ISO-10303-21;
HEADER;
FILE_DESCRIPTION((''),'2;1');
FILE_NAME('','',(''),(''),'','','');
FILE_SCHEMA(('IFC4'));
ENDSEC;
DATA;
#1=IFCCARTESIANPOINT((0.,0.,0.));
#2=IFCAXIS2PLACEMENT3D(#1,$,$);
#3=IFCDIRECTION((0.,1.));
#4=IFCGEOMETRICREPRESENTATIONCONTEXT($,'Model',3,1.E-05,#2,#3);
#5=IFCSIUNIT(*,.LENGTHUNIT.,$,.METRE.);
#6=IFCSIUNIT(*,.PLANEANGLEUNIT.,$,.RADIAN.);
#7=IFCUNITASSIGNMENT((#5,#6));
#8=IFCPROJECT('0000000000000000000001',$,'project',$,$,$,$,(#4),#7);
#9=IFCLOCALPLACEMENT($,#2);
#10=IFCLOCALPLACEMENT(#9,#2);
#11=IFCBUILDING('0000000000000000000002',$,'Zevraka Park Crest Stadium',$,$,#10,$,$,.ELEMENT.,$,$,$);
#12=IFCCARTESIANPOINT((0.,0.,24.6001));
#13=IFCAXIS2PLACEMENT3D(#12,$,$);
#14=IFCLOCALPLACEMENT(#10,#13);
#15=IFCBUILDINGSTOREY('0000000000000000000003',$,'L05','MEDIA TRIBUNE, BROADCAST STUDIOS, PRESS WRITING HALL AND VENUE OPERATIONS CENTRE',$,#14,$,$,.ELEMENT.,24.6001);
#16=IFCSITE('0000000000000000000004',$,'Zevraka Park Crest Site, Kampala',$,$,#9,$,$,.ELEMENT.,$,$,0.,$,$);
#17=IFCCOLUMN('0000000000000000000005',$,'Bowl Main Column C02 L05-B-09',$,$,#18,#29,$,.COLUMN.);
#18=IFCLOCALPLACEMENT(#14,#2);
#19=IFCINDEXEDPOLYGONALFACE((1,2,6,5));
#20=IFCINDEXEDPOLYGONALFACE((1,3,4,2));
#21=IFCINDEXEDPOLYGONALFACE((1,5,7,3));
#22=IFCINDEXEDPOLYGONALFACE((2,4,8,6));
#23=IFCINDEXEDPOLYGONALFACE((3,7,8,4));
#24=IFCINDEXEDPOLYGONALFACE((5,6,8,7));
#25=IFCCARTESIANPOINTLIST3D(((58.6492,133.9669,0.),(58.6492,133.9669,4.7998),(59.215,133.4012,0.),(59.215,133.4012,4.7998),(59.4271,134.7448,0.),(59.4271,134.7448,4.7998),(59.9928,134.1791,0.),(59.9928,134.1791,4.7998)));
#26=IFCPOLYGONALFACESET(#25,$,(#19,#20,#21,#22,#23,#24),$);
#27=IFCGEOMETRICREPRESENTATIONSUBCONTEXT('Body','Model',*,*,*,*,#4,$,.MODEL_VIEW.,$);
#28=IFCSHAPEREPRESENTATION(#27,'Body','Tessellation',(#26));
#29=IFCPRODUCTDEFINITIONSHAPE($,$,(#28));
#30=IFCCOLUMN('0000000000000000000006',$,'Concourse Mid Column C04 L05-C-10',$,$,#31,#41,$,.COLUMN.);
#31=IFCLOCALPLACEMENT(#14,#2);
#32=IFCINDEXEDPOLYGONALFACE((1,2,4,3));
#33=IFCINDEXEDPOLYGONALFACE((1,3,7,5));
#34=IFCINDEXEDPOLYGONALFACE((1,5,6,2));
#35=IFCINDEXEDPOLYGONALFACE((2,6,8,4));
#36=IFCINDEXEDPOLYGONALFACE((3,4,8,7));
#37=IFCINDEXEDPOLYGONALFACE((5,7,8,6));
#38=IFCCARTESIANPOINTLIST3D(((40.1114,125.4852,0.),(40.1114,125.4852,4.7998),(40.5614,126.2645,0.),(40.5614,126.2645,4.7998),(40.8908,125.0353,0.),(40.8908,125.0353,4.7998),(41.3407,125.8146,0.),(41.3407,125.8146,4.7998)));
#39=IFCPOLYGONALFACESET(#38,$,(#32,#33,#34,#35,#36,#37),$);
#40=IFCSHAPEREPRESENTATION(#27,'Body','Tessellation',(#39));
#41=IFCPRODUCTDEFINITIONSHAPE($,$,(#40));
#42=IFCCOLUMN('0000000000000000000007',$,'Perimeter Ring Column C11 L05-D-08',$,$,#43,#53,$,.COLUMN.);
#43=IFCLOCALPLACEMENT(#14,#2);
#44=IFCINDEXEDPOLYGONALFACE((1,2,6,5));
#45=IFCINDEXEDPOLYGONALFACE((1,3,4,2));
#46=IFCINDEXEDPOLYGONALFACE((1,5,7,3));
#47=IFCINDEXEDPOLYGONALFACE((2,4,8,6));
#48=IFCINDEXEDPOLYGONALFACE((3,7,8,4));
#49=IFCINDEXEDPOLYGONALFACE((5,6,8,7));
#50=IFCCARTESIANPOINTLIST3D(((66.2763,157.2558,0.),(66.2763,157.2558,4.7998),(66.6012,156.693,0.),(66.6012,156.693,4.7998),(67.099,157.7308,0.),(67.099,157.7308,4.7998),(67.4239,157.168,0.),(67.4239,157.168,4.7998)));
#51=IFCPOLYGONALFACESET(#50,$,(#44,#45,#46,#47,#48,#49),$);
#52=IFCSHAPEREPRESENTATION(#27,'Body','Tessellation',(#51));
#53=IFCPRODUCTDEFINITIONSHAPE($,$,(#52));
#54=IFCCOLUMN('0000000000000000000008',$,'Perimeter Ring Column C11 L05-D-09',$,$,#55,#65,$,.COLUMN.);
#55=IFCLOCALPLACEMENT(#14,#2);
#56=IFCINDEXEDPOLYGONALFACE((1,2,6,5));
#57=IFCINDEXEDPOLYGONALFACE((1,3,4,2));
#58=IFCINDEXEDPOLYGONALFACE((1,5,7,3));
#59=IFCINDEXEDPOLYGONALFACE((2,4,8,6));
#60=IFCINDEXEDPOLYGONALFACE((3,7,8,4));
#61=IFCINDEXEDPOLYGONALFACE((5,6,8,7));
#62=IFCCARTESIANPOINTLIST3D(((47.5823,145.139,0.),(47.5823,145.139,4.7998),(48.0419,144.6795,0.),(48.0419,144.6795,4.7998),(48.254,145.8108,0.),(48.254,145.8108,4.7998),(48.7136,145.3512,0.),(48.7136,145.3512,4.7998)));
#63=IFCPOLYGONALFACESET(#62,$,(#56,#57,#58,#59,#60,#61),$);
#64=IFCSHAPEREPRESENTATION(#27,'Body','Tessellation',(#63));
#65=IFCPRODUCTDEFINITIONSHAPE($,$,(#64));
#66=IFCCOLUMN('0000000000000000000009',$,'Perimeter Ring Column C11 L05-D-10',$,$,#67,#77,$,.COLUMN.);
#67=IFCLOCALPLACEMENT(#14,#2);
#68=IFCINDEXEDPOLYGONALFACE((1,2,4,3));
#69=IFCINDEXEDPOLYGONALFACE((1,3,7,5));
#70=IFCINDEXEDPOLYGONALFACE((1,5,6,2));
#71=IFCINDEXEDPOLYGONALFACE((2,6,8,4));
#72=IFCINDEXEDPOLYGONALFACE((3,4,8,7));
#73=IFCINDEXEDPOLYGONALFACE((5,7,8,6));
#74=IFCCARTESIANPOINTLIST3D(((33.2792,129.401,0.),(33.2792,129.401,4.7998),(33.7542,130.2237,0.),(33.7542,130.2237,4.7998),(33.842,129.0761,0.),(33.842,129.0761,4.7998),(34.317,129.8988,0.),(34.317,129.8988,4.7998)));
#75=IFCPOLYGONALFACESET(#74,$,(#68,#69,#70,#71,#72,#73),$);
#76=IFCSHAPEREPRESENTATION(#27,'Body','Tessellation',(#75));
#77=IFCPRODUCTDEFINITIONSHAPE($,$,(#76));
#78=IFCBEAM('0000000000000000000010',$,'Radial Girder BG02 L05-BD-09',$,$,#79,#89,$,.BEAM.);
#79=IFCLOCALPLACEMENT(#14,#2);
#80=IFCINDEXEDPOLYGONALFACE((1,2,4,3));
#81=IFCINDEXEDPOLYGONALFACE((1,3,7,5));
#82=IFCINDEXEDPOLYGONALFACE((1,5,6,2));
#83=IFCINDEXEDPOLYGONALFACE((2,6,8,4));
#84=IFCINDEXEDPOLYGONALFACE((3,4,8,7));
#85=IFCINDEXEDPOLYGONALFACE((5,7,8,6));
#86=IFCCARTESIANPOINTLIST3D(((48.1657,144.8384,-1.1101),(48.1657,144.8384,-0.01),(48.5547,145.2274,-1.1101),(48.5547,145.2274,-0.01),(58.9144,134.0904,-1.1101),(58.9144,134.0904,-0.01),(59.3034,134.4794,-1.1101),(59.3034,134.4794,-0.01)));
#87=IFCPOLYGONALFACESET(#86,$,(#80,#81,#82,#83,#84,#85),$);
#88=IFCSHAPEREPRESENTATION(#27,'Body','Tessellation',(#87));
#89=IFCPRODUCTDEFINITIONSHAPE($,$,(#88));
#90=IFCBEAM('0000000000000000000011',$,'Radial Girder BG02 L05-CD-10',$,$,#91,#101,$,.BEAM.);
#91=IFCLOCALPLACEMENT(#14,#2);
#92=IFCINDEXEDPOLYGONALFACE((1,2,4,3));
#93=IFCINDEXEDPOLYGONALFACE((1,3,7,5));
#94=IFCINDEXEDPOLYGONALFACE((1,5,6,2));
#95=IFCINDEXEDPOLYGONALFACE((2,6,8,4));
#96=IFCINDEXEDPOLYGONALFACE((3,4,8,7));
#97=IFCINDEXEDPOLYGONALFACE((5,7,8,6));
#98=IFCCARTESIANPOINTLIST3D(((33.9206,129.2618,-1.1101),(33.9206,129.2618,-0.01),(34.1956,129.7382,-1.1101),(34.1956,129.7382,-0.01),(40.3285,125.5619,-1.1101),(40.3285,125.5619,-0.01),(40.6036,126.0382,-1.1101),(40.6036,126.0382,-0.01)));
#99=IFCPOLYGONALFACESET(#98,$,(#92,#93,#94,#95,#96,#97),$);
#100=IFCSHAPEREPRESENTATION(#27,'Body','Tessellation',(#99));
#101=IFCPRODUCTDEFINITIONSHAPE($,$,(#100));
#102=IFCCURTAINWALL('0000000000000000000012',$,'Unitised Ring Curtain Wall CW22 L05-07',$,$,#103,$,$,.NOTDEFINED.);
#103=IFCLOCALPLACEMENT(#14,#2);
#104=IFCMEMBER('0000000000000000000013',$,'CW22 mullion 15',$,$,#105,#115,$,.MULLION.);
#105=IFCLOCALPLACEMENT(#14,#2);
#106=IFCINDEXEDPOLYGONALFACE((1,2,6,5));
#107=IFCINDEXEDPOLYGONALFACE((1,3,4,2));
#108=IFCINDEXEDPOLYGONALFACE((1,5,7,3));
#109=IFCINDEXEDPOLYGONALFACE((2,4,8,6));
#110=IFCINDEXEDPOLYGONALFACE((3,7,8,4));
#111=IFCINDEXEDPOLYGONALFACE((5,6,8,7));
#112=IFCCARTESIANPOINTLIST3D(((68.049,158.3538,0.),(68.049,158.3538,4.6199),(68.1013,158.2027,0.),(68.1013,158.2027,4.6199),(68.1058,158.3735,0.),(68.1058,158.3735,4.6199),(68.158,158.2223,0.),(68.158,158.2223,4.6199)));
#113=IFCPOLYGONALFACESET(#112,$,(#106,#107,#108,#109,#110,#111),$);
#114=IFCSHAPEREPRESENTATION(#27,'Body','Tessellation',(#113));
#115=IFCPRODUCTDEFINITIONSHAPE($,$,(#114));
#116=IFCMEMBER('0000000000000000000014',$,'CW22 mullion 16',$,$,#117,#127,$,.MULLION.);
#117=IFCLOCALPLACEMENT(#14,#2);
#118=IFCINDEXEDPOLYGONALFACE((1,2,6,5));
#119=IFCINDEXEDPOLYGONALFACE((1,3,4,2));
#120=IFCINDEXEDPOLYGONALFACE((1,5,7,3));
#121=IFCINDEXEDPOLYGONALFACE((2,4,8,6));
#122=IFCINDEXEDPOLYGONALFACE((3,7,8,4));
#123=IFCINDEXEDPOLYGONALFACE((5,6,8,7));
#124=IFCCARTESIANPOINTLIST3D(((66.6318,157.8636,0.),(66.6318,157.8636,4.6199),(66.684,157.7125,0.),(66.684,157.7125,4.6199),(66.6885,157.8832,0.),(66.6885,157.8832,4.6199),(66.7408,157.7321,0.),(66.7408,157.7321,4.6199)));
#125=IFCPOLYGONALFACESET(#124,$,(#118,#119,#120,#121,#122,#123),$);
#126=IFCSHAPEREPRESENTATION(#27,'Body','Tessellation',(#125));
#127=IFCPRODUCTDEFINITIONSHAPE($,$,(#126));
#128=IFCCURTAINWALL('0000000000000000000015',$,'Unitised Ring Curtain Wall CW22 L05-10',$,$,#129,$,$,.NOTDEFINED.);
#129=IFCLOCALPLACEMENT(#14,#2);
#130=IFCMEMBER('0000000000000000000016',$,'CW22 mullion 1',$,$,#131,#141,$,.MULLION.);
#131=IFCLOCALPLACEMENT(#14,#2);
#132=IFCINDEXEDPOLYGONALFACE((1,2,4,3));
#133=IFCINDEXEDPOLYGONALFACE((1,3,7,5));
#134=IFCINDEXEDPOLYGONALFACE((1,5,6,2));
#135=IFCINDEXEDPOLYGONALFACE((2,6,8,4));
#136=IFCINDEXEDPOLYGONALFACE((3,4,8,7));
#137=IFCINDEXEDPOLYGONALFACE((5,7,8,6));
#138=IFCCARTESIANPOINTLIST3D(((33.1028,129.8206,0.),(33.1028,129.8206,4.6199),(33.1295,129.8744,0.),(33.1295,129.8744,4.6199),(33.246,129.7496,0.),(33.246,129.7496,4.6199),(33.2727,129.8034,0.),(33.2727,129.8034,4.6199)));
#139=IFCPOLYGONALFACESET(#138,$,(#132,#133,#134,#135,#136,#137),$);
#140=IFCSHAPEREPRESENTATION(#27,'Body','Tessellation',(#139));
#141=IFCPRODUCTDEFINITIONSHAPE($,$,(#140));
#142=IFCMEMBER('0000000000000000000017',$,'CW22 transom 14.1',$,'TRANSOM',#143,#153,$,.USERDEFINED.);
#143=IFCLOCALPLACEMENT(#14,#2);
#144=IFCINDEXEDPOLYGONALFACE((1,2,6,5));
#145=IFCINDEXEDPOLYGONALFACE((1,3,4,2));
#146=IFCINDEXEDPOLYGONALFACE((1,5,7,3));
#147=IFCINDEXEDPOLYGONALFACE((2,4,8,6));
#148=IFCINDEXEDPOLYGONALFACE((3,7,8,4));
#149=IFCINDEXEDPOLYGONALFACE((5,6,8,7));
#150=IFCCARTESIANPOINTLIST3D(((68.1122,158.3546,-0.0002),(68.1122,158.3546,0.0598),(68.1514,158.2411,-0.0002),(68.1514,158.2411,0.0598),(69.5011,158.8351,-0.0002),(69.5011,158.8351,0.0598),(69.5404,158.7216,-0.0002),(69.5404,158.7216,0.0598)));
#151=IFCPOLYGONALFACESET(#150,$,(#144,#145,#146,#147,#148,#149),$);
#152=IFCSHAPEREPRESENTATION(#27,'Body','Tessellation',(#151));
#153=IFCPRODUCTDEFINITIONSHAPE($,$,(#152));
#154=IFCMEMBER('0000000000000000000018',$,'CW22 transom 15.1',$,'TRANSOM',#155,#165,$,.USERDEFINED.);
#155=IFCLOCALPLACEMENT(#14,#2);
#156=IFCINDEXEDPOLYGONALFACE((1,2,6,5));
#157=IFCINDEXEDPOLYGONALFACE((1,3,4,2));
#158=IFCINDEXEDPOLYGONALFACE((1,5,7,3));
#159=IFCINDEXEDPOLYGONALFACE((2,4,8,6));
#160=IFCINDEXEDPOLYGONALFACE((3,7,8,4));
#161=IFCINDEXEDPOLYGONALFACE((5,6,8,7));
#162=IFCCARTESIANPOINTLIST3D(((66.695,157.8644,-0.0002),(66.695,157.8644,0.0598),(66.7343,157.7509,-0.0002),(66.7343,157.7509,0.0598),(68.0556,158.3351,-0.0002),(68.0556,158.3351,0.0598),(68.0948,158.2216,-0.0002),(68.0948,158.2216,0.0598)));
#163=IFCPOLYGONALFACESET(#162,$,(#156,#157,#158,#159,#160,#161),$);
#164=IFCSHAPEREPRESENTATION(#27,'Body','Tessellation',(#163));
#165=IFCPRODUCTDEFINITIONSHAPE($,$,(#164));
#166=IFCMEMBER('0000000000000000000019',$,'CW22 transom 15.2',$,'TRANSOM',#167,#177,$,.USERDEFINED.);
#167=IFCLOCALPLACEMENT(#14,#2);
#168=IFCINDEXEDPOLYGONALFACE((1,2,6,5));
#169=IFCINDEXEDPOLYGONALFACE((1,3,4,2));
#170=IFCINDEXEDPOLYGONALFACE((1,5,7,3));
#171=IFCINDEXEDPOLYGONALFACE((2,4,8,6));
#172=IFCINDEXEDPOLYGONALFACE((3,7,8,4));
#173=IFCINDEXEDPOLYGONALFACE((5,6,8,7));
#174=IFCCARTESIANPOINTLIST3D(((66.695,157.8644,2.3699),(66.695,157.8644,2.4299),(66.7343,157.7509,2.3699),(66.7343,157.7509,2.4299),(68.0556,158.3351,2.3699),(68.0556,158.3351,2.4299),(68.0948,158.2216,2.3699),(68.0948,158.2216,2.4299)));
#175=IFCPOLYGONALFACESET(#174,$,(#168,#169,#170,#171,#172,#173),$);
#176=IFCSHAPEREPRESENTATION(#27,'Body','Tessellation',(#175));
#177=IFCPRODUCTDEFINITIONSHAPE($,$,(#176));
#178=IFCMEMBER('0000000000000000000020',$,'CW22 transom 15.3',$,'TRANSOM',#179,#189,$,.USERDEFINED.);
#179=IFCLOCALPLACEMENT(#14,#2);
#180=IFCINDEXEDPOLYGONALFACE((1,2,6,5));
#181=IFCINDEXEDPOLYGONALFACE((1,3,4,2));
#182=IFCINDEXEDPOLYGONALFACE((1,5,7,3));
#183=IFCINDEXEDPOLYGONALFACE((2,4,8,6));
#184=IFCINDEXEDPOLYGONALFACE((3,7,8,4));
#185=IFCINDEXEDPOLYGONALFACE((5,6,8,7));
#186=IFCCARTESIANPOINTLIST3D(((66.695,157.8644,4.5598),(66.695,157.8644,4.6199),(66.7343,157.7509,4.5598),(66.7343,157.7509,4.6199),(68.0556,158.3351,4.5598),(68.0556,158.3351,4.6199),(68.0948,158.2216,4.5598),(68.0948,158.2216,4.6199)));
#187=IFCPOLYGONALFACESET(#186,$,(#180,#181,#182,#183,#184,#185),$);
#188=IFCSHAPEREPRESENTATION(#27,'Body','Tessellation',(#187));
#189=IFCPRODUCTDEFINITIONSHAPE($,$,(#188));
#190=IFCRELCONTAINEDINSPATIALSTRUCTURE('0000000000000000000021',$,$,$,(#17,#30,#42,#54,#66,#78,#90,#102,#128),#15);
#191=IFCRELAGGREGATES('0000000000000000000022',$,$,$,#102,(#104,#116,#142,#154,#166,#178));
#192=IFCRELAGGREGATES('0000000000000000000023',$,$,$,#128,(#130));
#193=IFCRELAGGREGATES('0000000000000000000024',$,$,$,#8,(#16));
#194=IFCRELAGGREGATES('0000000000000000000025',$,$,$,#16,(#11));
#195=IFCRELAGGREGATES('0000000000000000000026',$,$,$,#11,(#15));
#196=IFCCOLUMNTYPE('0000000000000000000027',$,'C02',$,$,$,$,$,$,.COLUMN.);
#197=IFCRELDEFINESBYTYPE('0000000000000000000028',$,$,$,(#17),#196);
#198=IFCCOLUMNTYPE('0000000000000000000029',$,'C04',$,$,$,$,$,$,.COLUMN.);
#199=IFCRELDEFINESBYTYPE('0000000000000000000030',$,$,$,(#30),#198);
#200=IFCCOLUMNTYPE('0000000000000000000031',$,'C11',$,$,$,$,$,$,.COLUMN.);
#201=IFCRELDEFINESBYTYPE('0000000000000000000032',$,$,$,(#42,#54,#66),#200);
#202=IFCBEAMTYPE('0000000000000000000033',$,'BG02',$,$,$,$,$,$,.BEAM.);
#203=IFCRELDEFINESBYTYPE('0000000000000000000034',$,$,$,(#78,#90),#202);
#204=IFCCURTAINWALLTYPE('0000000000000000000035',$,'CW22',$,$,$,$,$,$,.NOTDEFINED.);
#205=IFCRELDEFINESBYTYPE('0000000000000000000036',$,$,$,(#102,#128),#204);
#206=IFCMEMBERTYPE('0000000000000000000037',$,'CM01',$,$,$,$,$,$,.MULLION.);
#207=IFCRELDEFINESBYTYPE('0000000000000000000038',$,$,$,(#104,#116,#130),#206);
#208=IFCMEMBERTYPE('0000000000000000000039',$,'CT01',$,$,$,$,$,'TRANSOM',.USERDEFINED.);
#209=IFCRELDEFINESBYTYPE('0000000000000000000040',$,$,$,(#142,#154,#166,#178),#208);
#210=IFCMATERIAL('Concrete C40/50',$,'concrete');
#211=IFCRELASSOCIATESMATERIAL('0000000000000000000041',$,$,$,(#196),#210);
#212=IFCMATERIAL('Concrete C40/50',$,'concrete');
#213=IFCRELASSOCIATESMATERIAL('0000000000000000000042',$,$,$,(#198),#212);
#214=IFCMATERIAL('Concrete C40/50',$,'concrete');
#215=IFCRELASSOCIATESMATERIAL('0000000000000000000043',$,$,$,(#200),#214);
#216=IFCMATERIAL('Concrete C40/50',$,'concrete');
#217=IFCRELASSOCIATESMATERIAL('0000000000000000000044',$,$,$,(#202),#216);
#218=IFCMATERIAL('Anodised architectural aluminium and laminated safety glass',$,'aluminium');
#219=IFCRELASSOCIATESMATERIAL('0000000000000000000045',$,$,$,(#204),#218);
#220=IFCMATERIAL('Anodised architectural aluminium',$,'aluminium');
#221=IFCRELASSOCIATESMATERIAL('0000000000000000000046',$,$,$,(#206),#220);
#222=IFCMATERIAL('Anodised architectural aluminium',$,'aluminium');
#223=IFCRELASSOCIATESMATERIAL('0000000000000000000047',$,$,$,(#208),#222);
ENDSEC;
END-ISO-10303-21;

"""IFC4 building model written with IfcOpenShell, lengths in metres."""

from ifc_helpers import new_model, si_unit, direction, frame, origin, origin_2d, place, context, subcontext, project, spatial, rectangle, extrude, material, material_profile, profile_set, type_object, element, aggregate, save


model = new_model("IFC4")

# Units and contexts
model_context = context("Model", 3, precision=1e-05, world=origin(), true_north=direction((0.0, 1.0)))
body_context = subcontext(model_context, "Body", "Model", "MODEL_VIEW")
ifc_project = project(units=[si_unit("LENGTHUNIT", "METRE"), si_unit("PLANEANGLEUNIT", "RADIAN")], contexts=[model_context])

# Site, building, storey
site_placement = place(None, origin())
site = spatial("IfcSite", under=ifc_project, at=site_placement, Name="Zevraka Park Crest Site, Kampala", CompositionType="ELEMENT", RefElevation=0.0)
building_placement = place(site_placement, origin())
building = spatial("IfcBuilding", under=site, at=building_placement, Name="Zevraka Park Crest Stadium", CompositionType="ELEMENT")
storey_placement = place(building_placement, frame((0.0, 0.0, 24.6001)))
storey = spatial("IfcBuildingStorey", under=building, at=storey_placement, Name="L05", Description="MEDIA TRIBUNE, BROADCAST STUDIOS, PRESS WRITING HALL AND VENUE OPERATIONS CENTRE", CompositionType="ELEMENT", Elevation=24.6001)

# Columns
ifc_material_1 = material(Name="Concrete C40/50", Category="concrete")
ifc_material_profile_1 = material_profile(ifc_material_1, rectangle(XDim=0.8, YDim=1.1001, at=origin_2d()), Name="RC 1100x800")
ifc_profile_set_1 = profile_set([ifc_material_profile_1], Name="Concrete C40/50")
column_type_1 = type_object("IfcColumnType", Name="C02", PredefinedType="COLUMN", material=ifc_profile_set_1)
column_1_placement = place(storey_placement, frame((59.321, 134.073, 0.0), z_axis=(0.0, 0.0, 1.0), x_axis=(-0.707107, 0.707107, 0.0)))
element("IfcColumn", 1, at=column_1_placement, inside=storey, type_object=column_type_1, Name="Bowl Main Column C02 L05-B-09", PredefinedType="COLUMN", context=body_context, shape_type="SweptSolid", body=[
    extrude(rectangle(XDim=0.8, YDim=1.1001, at=origin_2d()), origin(), (0.0, 0.0, 1.0), 4.7998),
])
ifc_material_2 = material(Name="Concrete C40/50", Category="concrete")
ifc_material_profile_2 = material_profile(ifc_material_2, rectangle(XDim=0.8999, YDim=0.8999, at=origin_2d()), Name="RC 900x900")
ifc_profile_set_2 = profile_set([ifc_material_profile_2], Name="Concrete C40/50")
column_type_2 = type_object("IfcColumnType", Name="C04", PredefinedType="COLUMN", material=ifc_profile_set_2)
column_2_placement = place(storey_placement, frame((40.7261, 125.6499, 0.0), z_axis=(0.0, 0.0, 1.0), x_axis=(-0.866025, 0.5, 0.0)))
element("IfcColumn", 2, at=column_2_placement, inside=storey, type_object=column_type_2, Name="Concourse Mid Column C04 L05-C-10", PredefinedType="COLUMN", context=body_context, shape_type="SweptSolid", body=[
    extrude(rectangle(XDim=0.8999, YDim=0.8999, at=origin_2d()), origin(), (0.0, 0.0, 1.0), 4.7998),
])
ifc_material_3 = material(Name="Concrete C40/50", Category="concrete")
ifc_material_profile_3 = material_profile(ifc_material_3, rectangle(XDim=0.6499, YDim=0.95, at=origin_2d()), Name="RC 950x650")
ifc_profile_set_3 = profile_set([ifc_material_profile_3], Name="Concrete C40/50")
column_type_3 = type_object("IfcColumnType", Name="C11", PredefinedType="COLUMN", material=ifc_profile_set_3)
for number, where, z_axis, x_axis, name in (
    (3, (66.8501, 157.2119, 0.0), (0.0, 0.0, 1.0), (-0.5, 0.866025, 0.0), "Perimeter Ring Column C11 L05-D-08"),
    (4, (48.1479, 145.2451, 0.0), (0.0, 0.0, 1.0), (-0.707107, 0.707107, 0.0), "Perimeter Ring Column C11 L05-D-09"),
    (5, (33.7981, 129.6499, 0.0), (0.0, 0.0, 1.0), (-0.866025, 0.5, 0.0), "Perimeter Ring Column C11 L05-D-10"),
):
    element("IfcColumn", number, at=place(storey_placement, frame(where, z_axis=z_axis, x_axis=x_axis)), inside=storey, type_object=column_type_3, Name=name, PredefinedType="COLUMN", context=body_context, shape_type="SweptSolid", body=[
        extrude(rectangle(XDim=0.6499, YDim=0.95, at=origin_2d()), origin(), (0.0, 0.0, 1.0), 4.7998),
    ])

# Beams
ifc_material_4 = material(Name="Concrete C40/50", Category="concrete")
ifc_material_profile_4 = material_profile(ifc_material_4, rectangle(XDim=0.55, YDim=1.1001, at=origin_2d()), Name="RC 1100x550")
ifc_profile_set_4 = profile_set([ifc_material_profile_4], Name="Concrete C40/50")
beam_type_1 = type_object("IfcBeamType", Name="BG02", PredefinedType="BEAM", material=ifc_profile_set_4)
beam_1_placement = place(storey_placement, frame((59.1089, 134.2849, -0.5601), z_axis=(-0.707131, 0.707083, 0.0), x_axis=(-0.707083, -0.707131, 0.0)))
element("IfcBeam", 6, at=beam_1_placement, inside=storey, type_object=beam_type_1, Name="Radial Girder BG02 L05-BD-09", PredefinedType="BEAM", context=body_context, shape_type="SweptSolid", body=[
    extrude(rectangle(XDim=0.55, YDim=1.1001, at=origin_2d()), origin(), (0.0, 0.0, 1.0), 15.2004),
])
beam_2_placement = place(storey_placement, frame((40.4661, 125.8, -0.5601), z_axis=(-0.866007, 0.500032, 0.0), x_axis=(-0.500032, -0.866007, 0.0)))
element("IfcBeam", 7, at=beam_2_placement, inside=storey, type_object=beam_type_1, Name="Radial Girder BG02 L05-CD-10", PredefinedType="BEAM", context=body_context, shape_type="SweptSolid", body=[
    extrude(rectangle(XDim=0.55, YDim=1.1001, at=origin_2d()), origin(), (0.0, 0.0, 1.0), 7.3994),
])

# Curtain wall, members
ifc_material_5 = material(Name="Anodised architectural aluminium and laminated safety glass", Category="aluminium")
curtain_wall_type = type_object("IfcCurtainWallType", Name="CW22", PredefinedType="NOTDEFINED", material=ifc_material_5)
curtain_wall_1_placement = place(storey_placement, origin())
curtain_wall_1 = element("IfcCurtainWall", 8, at=curtain_wall_1_placement, inside=storey, type_object=curtain_wall_type, Name="Unitised Ring Curtain Wall CW22 L05-07", PredefinedType="NOTDEFINED")
ifc_material_6 = material(Name="Anodised architectural aluminium", Category="aluminium")
ifc_material_profile_5 = material_profile(ifc_material_6, rectangle(XDim=0.1599, YDim=0.0601, at=origin_2d()), Name="ALU MULLION 160x60")
ifc_profile_set_5 = profile_set([ifc_material_profile_5], Name="Anodised architectural aluminium")
member_type_1 = type_object("IfcMemberType", Name="CM01", PredefinedType="MULLION", material=ifc_profile_set_5)
member_1_placement = place(storey_placement, frame((68.1035, 158.2881, 0.0), z_axis=(0.0, 0.0, 1.0), x_axis=(0.326929, -0.945049, 0.0)))
member_1 = element("IfcMember", 9, at=member_1_placement, type_object=member_type_1, Name="CW22 mullion 15", PredefinedType="MULLION", context=body_context, shape_type="SweptSolid", body=[
    extrude(rectangle(XDim=0.1599, YDim=0.0601, at=origin_2d()), origin(), (0.0, 0.0, 1.0), 4.6199),
])
member_2_placement = place(storey_placement, frame((66.6863, 157.7979, 0.0), z_axis=(0.0, 0.0, 1.0), x_axis=(0.326929, -0.945049, 0.0)))
member_2 = element("IfcMember", 10, at=member_2_placement, type_object=member_type_1, Name="CW22 mullion 16", PredefinedType="MULLION", context=body_context, shape_type="SweptSolid", body=[
    extrude(rectangle(XDim=0.1599, YDim=0.0601, at=origin_2d()), origin(), (0.0, 0.0, 1.0), 4.6199),
])

# Curtain wall, member
curtain_wall_2_placement = place(storey_placement, origin())
curtain_wall_2 = element("IfcCurtainWall", 11, at=curtain_wall_2_placement, inside=storey, type_object=curtain_wall_type, Name="Unitised Ring Curtain Wall CW22 L05-10", PredefinedType="NOTDEFINED")
member_3_placement = place(storey_placement, frame((33.1877, 129.812, 0.0), z_axis=(0.0, 0.0, 1.0), x_axis=(0.895879, -0.444297, 0.0)))
member_3 = element("IfcMember", 12, at=member_3_placement, type_object=member_type_1, Name="CW22 mullion 1", PredefinedType="MULLION", context=body_context, shape_type="SweptSolid", body=[
    extrude(rectangle(XDim=0.1599, YDim=0.0601, at=origin_2d()), origin(), (0.0, 0.0, 1.0), 4.6199),
])

# Members
ifc_material_7 = material(Name="Anodised architectural aluminium", Category="aluminium")
ifc_material_profile_6 = material_profile(ifc_material_7, rectangle(XDim=0.1201, YDim=0.0601, at=origin_2d()), Name="ALU TRANSOM 120x60")
ifc_profile_set_6 = profile_set([ifc_material_profile_6], Name="Anodised architectural aluminium")
member_type_2 = type_object("IfcMemberType", Name="CT01", ElementType="TRANSOM", PredefinedType="USERDEFINED", material=ifc_profile_set_6)
member_4_placement = place(storey_placement, frame((69.5208, 158.7783, 0.0298), z_axis=(-0.945051, -0.326922, 0.0), x_axis=(0.326922, -0.945051, 0.0)))
member_4 = element("IfcMember", 13, at=member_4_placement, type_object=member_type_2, Name="CW22 transom 14.1", ObjectType="TRANSOM", PredefinedType="USERDEFINED", context=body_context, shape_type="SweptSolid", body=[
    extrude(rectangle(XDim=0.1201, YDim=0.0601, at=origin_2d()), origin(), (0.0, 0.0, 1.0), 1.4697),
])
member_5_placement = place(storey_placement, frame((68.0752, 158.2783, 0.0298), z_axis=(-0.945045, -0.326942, 0.0), x_axis=(0.326942, -0.945045, 0.0)))
member_5 = element("IfcMember", 14, at=member_5_placement, type_object=member_type_2, Name="CW22 transom 15.1", ObjectType="TRANSOM", PredefinedType="USERDEFINED", context=body_context, shape_type="SweptSolid", body=[
    extrude(rectangle(XDim=0.1201, YDim=0.0601, at=origin_2d()), origin(), (0.0, 0.0, 1.0), 1.4397),
])
member_6_placement = place(storey_placement, frame((68.0752, 158.2783, 2.3999), z_axis=(-0.945045, -0.326942, 0.0), x_axis=(0.326942, -0.945045, 0.0)))
member_6 = element("IfcMember", 15, at=member_6_placement, type_object=member_type_2, Name="CW22 transom 15.2", ObjectType="TRANSOM", PredefinedType="USERDEFINED", context=body_context, shape_type="SweptSolid", body=[
    extrude(rectangle(XDim=0.1201, YDim=0.0601, at=origin_2d()), origin(), (0.0, 0.0, 1.0), 1.4397),
])
member_7_placement = place(storey_placement, frame((68.0752, 158.2783, 4.5898), z_axis=(-0.945045, -0.326942, 0.0), x_axis=(0.326942, -0.945045, 0.0)))
member_7 = element("IfcMember", 16, at=member_7_placement, type_object=member_type_2, Name="CW22 transom 15.3", ObjectType="TRANSOM", PredefinedType="USERDEFINED", context=body_context, shape_type="SweptSolid", body=[
    extrude(rectangle(XDim=0.1201, YDim=0.0601, at=origin_2d()), origin(), (0.0, 0.0, 1.0), 1.4397),
])

aggregate(curtain_wall_1, [member_1, member_2, member_4, member_5, member_6, member_7])
aggregate(curtain_wall_2, [member_3])

save(model, "model.ifc")
